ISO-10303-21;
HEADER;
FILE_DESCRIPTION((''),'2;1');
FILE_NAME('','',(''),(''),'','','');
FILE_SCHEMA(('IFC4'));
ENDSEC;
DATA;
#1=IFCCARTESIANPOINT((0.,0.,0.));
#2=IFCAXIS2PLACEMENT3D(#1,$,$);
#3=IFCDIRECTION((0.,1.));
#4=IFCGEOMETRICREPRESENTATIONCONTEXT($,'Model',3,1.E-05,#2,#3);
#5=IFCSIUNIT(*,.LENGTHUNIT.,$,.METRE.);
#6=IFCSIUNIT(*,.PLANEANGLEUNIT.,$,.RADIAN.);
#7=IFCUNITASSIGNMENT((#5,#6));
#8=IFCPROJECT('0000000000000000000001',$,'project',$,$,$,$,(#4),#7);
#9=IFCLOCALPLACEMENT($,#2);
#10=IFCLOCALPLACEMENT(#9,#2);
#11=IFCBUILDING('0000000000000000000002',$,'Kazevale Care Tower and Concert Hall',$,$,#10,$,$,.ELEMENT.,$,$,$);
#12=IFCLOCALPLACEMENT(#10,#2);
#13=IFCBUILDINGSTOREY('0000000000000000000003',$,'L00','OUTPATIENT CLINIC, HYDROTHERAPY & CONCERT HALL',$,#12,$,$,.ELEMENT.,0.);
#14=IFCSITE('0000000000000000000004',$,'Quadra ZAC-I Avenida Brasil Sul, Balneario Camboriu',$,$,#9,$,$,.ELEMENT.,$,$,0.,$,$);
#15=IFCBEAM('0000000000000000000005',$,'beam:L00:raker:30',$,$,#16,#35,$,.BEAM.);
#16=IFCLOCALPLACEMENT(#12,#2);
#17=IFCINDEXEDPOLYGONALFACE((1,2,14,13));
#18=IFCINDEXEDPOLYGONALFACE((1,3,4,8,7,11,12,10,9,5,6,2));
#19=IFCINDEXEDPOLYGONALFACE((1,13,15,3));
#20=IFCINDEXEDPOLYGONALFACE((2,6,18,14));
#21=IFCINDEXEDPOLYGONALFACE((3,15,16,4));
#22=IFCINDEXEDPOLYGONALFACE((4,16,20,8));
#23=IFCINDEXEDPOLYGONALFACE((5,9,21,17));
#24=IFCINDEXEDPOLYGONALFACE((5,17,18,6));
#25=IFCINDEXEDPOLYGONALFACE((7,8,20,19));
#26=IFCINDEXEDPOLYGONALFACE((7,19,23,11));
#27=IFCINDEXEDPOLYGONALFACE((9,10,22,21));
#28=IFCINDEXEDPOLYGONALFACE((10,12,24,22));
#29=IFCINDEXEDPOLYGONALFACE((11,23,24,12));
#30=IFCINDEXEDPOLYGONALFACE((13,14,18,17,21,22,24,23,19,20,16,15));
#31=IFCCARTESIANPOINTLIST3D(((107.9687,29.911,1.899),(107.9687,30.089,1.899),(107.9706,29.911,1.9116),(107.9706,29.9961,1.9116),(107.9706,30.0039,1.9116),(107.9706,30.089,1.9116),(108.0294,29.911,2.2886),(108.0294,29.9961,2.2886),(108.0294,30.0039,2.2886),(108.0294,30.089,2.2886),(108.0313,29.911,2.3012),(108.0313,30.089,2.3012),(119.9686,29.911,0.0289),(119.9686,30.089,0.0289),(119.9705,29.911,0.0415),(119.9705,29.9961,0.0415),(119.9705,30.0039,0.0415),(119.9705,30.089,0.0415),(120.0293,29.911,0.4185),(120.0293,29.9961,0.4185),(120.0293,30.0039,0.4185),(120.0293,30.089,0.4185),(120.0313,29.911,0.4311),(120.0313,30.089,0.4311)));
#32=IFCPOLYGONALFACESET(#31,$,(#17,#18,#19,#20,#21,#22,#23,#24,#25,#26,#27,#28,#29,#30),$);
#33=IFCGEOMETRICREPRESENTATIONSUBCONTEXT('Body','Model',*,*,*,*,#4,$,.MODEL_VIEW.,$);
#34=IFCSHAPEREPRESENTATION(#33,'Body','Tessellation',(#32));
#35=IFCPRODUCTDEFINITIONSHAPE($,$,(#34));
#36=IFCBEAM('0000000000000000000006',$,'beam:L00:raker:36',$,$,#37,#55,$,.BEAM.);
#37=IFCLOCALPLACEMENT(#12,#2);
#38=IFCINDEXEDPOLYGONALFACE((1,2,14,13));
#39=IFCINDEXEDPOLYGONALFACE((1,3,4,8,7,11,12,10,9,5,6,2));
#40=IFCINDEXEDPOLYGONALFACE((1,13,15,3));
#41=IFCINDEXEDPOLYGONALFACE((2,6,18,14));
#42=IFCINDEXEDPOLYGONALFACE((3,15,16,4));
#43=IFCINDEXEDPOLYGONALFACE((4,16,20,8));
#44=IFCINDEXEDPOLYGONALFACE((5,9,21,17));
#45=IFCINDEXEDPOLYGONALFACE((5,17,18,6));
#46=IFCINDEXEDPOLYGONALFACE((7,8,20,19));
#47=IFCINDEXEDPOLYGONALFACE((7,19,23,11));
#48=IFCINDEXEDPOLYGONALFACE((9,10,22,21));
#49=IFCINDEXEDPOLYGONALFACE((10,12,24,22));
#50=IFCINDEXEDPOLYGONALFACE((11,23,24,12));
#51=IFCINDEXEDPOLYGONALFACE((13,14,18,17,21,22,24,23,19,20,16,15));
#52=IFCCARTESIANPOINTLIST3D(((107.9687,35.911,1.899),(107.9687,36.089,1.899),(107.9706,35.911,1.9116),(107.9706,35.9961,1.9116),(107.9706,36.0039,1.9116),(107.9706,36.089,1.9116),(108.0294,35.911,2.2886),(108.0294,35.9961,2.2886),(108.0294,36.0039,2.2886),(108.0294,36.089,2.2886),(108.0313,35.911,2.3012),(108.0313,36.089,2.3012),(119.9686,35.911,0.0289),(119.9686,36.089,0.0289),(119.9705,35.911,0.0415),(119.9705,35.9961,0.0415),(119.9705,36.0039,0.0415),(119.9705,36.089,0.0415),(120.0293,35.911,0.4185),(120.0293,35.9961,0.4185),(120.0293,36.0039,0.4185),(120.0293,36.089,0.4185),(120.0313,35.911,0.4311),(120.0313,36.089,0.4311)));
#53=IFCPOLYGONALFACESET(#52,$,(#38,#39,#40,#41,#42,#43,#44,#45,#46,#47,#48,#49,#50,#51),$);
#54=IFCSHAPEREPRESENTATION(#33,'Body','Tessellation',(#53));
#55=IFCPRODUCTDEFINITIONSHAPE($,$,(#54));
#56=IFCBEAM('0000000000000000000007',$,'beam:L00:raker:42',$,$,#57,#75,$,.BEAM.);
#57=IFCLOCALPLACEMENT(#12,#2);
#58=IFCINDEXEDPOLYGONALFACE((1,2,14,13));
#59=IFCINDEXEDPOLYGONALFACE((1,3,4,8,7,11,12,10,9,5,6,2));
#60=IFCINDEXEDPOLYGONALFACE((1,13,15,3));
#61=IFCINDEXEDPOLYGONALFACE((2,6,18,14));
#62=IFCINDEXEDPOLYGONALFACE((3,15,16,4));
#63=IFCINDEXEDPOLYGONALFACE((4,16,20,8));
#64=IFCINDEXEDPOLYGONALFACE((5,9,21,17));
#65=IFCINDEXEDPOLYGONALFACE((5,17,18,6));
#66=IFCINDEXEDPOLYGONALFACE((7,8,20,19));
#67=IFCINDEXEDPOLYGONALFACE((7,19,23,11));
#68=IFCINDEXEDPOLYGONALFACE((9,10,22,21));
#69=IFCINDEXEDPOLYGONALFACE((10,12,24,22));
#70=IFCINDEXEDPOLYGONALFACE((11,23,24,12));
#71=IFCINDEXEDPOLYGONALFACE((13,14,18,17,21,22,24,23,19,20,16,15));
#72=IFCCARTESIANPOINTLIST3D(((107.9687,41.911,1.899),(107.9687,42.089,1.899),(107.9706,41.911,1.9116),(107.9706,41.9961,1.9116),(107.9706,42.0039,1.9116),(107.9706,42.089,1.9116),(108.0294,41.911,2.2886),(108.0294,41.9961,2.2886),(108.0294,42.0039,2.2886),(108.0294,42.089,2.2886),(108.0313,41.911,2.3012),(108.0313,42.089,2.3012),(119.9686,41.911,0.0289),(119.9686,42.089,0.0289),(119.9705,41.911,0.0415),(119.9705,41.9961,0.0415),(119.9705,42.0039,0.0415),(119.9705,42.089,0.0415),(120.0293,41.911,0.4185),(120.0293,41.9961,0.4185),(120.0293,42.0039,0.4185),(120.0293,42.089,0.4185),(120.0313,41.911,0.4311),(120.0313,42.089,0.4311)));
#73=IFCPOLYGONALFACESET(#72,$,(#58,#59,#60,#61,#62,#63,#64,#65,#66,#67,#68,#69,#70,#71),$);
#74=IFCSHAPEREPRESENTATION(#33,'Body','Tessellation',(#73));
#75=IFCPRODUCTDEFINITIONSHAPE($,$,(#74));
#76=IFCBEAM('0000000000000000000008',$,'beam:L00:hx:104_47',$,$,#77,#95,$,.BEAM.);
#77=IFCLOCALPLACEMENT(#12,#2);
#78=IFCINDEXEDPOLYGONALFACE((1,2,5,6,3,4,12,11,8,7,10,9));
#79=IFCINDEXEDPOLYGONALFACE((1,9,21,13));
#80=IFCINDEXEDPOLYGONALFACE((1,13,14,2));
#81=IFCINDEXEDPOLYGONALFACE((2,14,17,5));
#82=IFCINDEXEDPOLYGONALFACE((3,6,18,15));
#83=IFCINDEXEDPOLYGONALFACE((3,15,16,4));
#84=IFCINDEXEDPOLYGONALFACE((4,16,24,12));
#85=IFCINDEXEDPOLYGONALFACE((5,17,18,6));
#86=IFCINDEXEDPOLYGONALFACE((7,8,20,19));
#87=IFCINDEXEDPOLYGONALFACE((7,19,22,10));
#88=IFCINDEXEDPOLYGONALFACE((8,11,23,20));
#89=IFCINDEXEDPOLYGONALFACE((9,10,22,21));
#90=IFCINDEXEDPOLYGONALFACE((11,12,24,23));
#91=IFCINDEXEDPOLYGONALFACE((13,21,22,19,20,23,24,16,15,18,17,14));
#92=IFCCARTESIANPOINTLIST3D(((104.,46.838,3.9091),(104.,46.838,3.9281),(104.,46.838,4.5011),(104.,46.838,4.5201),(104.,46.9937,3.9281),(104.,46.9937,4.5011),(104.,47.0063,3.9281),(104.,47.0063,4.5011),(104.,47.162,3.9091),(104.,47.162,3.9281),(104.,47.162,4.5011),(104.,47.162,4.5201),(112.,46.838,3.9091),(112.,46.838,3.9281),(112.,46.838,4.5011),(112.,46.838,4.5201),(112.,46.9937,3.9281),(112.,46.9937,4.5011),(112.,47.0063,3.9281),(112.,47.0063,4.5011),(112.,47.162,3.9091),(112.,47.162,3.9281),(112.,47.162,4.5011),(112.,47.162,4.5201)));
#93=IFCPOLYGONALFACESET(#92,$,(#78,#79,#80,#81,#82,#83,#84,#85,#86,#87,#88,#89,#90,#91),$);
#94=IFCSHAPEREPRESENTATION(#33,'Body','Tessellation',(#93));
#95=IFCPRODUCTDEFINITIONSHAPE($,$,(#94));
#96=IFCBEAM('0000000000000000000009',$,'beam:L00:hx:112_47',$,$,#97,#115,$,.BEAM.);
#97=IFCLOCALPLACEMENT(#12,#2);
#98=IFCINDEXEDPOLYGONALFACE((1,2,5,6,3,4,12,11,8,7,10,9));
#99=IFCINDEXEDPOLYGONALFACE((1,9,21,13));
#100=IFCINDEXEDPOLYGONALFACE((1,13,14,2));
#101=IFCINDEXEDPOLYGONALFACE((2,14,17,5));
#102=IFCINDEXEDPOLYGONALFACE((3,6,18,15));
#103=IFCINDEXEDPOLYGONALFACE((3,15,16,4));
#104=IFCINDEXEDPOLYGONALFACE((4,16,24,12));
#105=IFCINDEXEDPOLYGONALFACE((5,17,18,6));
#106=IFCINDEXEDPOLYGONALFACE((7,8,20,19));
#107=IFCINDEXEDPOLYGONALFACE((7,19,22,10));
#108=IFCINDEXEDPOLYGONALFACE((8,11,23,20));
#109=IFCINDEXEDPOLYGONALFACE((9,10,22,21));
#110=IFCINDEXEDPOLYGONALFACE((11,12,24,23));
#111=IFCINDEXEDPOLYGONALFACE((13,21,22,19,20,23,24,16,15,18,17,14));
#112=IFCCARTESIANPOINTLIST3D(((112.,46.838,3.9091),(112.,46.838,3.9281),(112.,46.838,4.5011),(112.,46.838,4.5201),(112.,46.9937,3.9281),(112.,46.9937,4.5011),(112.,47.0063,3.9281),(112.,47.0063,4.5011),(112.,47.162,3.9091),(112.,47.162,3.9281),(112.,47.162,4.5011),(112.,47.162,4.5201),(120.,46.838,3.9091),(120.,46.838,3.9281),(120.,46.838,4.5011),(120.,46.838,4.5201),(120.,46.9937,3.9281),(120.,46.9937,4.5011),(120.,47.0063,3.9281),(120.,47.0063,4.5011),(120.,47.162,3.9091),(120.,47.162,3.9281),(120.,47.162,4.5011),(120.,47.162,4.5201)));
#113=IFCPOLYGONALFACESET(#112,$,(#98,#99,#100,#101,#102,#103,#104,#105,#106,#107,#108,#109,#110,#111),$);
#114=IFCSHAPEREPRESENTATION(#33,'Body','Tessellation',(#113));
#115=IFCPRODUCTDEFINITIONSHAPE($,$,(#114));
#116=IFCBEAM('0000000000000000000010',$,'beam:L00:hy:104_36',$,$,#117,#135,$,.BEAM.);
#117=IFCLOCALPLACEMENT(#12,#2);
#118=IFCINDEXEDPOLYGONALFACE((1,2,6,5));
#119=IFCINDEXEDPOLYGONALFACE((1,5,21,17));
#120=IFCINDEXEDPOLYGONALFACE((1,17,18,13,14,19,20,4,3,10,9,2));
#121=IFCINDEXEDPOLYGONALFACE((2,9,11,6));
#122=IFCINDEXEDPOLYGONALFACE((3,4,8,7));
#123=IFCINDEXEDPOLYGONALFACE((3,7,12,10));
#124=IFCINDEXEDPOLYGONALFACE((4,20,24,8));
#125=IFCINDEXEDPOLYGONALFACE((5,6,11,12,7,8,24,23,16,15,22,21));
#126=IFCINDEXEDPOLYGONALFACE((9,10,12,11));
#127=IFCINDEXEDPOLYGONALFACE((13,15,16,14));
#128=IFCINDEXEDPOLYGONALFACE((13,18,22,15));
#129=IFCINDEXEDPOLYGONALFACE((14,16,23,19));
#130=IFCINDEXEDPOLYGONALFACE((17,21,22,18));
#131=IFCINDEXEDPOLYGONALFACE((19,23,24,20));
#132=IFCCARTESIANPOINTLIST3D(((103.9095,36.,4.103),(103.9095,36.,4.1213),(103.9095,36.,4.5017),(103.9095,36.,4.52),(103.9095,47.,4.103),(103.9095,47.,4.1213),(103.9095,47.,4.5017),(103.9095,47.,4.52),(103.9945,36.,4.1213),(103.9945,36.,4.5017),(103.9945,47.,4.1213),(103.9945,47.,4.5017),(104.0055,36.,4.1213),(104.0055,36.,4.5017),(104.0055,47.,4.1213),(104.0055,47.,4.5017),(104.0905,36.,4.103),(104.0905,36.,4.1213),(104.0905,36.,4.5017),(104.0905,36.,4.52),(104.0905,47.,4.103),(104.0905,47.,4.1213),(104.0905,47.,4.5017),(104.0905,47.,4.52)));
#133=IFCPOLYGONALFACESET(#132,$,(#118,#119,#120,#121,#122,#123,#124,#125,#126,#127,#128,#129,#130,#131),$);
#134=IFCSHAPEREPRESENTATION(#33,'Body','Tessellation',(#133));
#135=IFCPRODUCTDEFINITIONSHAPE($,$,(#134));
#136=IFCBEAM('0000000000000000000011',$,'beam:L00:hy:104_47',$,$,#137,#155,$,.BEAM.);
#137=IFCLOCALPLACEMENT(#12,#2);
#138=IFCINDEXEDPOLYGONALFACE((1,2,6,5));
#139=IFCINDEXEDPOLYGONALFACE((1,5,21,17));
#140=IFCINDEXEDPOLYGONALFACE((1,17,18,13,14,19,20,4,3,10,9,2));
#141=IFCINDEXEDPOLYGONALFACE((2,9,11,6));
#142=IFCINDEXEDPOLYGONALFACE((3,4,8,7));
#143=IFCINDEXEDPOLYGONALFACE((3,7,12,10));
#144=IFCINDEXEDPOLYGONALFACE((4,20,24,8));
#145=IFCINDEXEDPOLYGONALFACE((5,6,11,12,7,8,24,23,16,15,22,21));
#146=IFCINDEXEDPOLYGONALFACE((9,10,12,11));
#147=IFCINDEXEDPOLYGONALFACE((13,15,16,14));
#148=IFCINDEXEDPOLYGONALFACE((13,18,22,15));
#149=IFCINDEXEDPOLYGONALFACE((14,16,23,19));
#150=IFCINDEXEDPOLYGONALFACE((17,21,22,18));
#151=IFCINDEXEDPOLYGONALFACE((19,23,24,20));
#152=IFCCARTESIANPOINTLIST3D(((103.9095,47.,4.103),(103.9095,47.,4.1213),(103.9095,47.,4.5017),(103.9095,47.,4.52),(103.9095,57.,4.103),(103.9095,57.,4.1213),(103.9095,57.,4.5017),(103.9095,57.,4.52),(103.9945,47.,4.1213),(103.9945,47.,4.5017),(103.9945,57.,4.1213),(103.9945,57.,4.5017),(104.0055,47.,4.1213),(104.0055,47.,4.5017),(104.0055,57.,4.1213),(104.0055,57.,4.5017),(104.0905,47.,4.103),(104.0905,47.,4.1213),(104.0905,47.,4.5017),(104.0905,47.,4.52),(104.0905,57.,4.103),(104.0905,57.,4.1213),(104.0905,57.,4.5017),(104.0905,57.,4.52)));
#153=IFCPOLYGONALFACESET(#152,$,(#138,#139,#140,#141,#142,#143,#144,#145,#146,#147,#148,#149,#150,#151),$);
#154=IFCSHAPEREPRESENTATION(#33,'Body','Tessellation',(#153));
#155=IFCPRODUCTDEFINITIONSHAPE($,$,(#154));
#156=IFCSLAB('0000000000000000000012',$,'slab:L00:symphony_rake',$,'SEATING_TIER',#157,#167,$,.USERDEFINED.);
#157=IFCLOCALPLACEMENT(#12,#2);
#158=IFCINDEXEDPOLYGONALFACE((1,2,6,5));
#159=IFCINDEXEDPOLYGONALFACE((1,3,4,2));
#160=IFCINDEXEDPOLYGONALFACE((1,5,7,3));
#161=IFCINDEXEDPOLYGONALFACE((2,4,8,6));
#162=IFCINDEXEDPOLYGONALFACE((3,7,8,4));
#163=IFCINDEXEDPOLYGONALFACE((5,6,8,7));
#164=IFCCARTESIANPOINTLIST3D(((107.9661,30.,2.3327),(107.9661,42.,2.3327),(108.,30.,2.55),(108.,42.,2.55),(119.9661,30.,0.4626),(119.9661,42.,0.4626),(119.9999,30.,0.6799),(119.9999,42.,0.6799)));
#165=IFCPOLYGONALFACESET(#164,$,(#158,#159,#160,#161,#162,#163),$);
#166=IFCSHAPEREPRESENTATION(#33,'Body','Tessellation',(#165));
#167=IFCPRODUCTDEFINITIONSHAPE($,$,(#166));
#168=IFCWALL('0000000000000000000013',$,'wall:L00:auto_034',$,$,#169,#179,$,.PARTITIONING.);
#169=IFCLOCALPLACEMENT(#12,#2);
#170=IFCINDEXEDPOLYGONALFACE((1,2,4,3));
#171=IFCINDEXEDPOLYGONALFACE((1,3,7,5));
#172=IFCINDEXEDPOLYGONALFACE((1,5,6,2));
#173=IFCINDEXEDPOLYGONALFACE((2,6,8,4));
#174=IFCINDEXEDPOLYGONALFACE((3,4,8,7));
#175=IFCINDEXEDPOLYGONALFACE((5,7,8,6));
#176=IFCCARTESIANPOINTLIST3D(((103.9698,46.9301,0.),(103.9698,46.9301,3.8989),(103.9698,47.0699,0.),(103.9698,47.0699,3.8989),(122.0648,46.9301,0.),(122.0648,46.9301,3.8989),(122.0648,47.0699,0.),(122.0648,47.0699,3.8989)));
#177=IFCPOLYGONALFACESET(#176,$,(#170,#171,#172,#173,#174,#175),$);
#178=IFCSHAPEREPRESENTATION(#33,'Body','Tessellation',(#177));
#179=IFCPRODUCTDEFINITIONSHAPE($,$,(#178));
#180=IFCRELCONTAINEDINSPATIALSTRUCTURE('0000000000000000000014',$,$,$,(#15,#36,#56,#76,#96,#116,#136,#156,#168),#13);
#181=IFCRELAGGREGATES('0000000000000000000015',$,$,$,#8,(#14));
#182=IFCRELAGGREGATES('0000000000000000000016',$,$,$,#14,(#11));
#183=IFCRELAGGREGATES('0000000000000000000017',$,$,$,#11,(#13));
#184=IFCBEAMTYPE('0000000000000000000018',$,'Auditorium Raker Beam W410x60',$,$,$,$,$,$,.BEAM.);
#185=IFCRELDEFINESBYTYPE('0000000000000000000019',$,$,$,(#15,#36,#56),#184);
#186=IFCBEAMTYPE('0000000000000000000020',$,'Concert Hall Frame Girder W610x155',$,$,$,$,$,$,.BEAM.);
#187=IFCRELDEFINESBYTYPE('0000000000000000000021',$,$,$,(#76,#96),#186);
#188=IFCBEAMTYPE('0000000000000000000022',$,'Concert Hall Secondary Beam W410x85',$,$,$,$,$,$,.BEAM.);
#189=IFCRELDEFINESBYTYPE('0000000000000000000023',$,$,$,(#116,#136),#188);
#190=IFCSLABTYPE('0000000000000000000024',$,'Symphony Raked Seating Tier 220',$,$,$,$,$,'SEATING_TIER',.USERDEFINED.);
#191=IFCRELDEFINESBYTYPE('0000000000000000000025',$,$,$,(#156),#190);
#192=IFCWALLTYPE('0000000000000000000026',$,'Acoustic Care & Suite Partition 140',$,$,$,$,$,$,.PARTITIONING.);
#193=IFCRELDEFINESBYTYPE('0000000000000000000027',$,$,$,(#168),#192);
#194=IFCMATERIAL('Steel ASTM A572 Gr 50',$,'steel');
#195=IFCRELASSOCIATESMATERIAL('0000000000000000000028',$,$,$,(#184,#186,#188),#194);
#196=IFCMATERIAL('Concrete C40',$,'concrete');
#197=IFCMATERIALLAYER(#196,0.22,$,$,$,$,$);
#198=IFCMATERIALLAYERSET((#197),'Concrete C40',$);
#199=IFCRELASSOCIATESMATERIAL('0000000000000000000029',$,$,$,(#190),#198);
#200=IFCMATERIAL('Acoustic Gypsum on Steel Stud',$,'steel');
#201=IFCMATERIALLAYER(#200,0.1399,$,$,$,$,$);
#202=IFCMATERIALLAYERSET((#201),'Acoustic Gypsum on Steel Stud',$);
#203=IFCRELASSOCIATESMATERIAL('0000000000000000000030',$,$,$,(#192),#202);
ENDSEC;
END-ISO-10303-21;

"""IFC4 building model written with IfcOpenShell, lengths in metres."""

from ifc_helpers import new_model, si_unit, direction, frame, frame_2d, origin, origin_2d, place, context, subcontext, project, spatial, polyline, rectangle, i_section, outline, extrude, material, layer, layer_set, material_profile, profile_set, type_object, element, save


model = new_model("IFC4")

# Units and contexts
model_context = context("Model", 3, precision=1e-05, world=origin(), true_north=direction((0.0, 1.0)))
body_context = subcontext(model_context, "Body", "Model", "MODEL_VIEW")
ifc_project = project(units=[si_unit("LENGTHUNIT", "METRE"), si_unit("PLANEANGLEUNIT", "RADIAN")], contexts=[model_context])

# Site, building, storey
site_placement = place(None, origin())
site = spatial("IfcSite", under=ifc_project, at=site_placement, Name="Quadra ZAC-I Avenida Brasil Sul, Balneario Camboriu", CompositionType="ELEMENT", RefElevation=0.0)
building_placement = place(site_placement, origin())
building = spatial("IfcBuilding", under=site, at=building_placement, Name="Kazevale Care Tower and Concert Hall", CompositionType="ELEMENT")
storey_placement = place(building_placement, origin())
storey = spatial("IfcBuildingStorey", under=building, at=storey_placement, Name="L00", Description="OUTPATIENT CLINIC, HYDROTHERAPY & CONCERT HALL", CompositionType="ELEMENT", Elevation=0.0)

# Beams
ifc_material_1 = material(Name="Steel ASTM A572 Gr 50", Category="steel")
ifc_material_profile_1 = material_profile(ifc_material_1, i_section(OverallWidth=0.178, OverallDepth=0.407, WebThickness=0.0078, FlangeThickness=0.0127, at=origin_2d()), Name="W410x60")
ifc_profile_set_1 = profile_set([ifc_material_profile_1], Name="Steel ASTM A572 Gr 50")
beam_type_1 = type_object("IfcBeamType", Name="Auditorium Raker Beam W410x60", PredefinedType="BEAM", material=ifc_profile_set_1)
for number, where, z_axis, x_axis, name in (
    (1, (108.0, 30.0, 2.1001), (0.988073, 0.0, -0.153984), (0.0, 1.0, 0.0), "beam:L00:raker:30"),
    (2, (108.0, 36.0, 2.1001), (0.988073, 0.0, -0.153984), (0.0, 1.0, 0.0), "beam:L00:raker:36"),
    (3, (108.0, 42.0, 2.1001), (0.988073, 0.0, -0.153984), (0.0, 1.0, 0.0), "beam:L00:raker:42"),
):
    element("IfcBeam", number, at=place(storey_placement, frame(where, z_axis=z_axis, x_axis=x_axis)), inside=storey, type_object=beam_type_1, Name=name, PredefinedType="BEAM", context=body_context, shape_type="SweptSolid", body=[
        extrude(i_section(OverallWidth=0.178, OverallDepth=0.407, WebThickness=0.0078, FlangeThickness=0.0127, at=origin_2d()), origin(), (0.0, 0.0, 1.0), 12.1448),
    ])
ifc_material_profile_2 = material_profile(ifc_material_1, i_section(OverallWidth=0.324, OverallDepth=0.6111, WebThickness=0.0127, FlangeThickness=0.019, at=origin_2d()), Name="W610x155")
ifc_profile_set_2 = profile_set([ifc_material_profile_2], Name="Steel ASTM A572 Gr 50")
beam_type_2 = type_object("IfcBeamType", Name="Concert Hall Frame Girder W610x155", PredefinedType="BEAM", material=ifc_profile_set_2)
for number, where, z_axis, x_axis, name in (
    (4, (104.0, 47.0, 4.2146), (1.0, 0.0, 0.0), (0.0, 1.0, 0.0), "beam:L00:hx:104_47"),
    (5, (112.0, 47.0, 4.2146), (1.0, 0.0, 0.0), (0.0, 1.0, 0.0), "beam:L00:hx:112_47"),
):
    element("IfcBeam", number, at=place(storey_placement, frame(where, z_axis=z_axis, x_axis=x_axis)), inside=storey, type_object=beam_type_2, Name=name, PredefinedType="BEAM", context=body_context, shape_type="SweptSolid", body=[
        extrude(i_section(OverallWidth=0.324, OverallDepth=0.6111, WebThickness=0.0127, FlangeThickness=0.019, at=origin_2d()), origin(), (0.0, 0.0, 1.0), 8.0),
    ])
ifc_material_profile_3 = material_profile(ifc_material_1, i_section(OverallWidth=0.1809, OverallDepth=0.417, WebThickness=0.011, FlangeThickness=0.0183, at=origin_2d()), Name="W410x85")
ifc_profile_set_3 = profile_set([ifc_material_profile_3], Name="Steel ASTM A572 Gr 50")
beam_type_3 = type_object("IfcBeamType", Name="Concert Hall Secondary Beam W410x85", PredefinedType="BEAM", material=ifc_profile_set_3)
beam_1_placement = place(storey_placement, frame((104.0, 36.0, 4.3115), z_axis=(0.0, 1.0, 0.0), x_axis=(-1.0, 0.0, 0.0)))
element("IfcBeam", 6, at=beam_1_placement, inside=storey, type_object=beam_type_3, Name="beam:L00:hy:104_36", PredefinedType="BEAM", context=body_context, shape_type="SweptSolid", body=[
    extrude(i_section(OverallWidth=0.1809, OverallDepth=0.417, WebThickness=0.011, FlangeThickness=0.0183, at=origin_2d()), origin(), (0.0, 0.0, 1.0), 11.0),
])
beam_2_placement = place(storey_placement, frame((104.0, 47.0, 4.3115), z_axis=(0.0, 1.0, 0.0), x_axis=(-1.0, 0.0, 0.0)))
element("IfcBeam", 7, at=beam_2_placement, inside=storey, type_object=beam_type_3, Name="beam:L00:hy:104_47", PredefinedType="BEAM", context=body_context, shape_type="SweptSolid", body=[
    extrude(i_section(OverallWidth=0.1809, OverallDepth=0.417, WebThickness=0.011, FlangeThickness=0.0183, at=origin_2d()), origin(), (0.0, 0.0, 1.0), 10.0),
])

# Slab
ifc_material_2 = material(Name="Concrete C40", Category="concrete")
ifc_layer_1 = layer(ifc_material_2, 0.22)
ifc_layer_set_1 = layer_set([ifc_layer_1], Name="Concrete C40")
slab_type = type_object("IfcSlabType", Name="Symphony Raked Seating Tier 220", ElementType="SEATING_TIER", PredefinedType="USERDEFINED", material=ifc_layer_set_1)
slab_placement = place(storey_placement, frame((108.0, 30.0, 2.55), z_axis=(0.153984, 0.0, 0.988073), x_axis=(0.988073, 0.0, -0.153984)))
element("IfcSlab", 8, at=slab_placement, inside=storey, type_object=slab_type, Name="slab:L00:symphony_rake", ObjectType="SEATING_TIER", PredefinedType="USERDEFINED", context=body_context, shape_type="SweptSolid", body=[
    extrude(outline(polyline([(0.0, 0.0), (12.1448, 0.0), (12.1448, 12.0), (0.0, 12.0), (0.0, 0.0)])), origin(), (0.0, 0.0, -1.0), 0.22),
])

# Wall
ifc_material_3 = material(Name="Acoustic Gypsum on Steel Stud", Category="steel")
ifc_layer_2 = layer(ifc_material_3, 0.1399)
ifc_layer_set_2 = layer_set([ifc_layer_2], Name="Acoustic Gypsum on Steel Stud")
wall_type = type_object("IfcWallType", Name="Acoustic Care & Suite Partition 140", PredefinedType="PARTITIONING", material=ifc_layer_set_2)
wall_placement = place(storey_placement, frame((103.97, 47.0, 0.0), z_axis=(0.0, 0.0, 1.0), x_axis=(1.0, 0.0, 0.0)))
element("IfcWall", 9, at=wall_placement, inside=storey, type_object=wall_type, Name="wall:L00:auto_034", PredefinedType="PARTITIONING", context=body_context, shape_type="SweptSolid", body=[
    extrude(rectangle(XDim=18.095, YDim=0.1399, at=frame_2d((9.0474, 0.0))), origin(), (0.0, 0.0, 1.0), 3.8989),
])

save(model, "model.ifc")
